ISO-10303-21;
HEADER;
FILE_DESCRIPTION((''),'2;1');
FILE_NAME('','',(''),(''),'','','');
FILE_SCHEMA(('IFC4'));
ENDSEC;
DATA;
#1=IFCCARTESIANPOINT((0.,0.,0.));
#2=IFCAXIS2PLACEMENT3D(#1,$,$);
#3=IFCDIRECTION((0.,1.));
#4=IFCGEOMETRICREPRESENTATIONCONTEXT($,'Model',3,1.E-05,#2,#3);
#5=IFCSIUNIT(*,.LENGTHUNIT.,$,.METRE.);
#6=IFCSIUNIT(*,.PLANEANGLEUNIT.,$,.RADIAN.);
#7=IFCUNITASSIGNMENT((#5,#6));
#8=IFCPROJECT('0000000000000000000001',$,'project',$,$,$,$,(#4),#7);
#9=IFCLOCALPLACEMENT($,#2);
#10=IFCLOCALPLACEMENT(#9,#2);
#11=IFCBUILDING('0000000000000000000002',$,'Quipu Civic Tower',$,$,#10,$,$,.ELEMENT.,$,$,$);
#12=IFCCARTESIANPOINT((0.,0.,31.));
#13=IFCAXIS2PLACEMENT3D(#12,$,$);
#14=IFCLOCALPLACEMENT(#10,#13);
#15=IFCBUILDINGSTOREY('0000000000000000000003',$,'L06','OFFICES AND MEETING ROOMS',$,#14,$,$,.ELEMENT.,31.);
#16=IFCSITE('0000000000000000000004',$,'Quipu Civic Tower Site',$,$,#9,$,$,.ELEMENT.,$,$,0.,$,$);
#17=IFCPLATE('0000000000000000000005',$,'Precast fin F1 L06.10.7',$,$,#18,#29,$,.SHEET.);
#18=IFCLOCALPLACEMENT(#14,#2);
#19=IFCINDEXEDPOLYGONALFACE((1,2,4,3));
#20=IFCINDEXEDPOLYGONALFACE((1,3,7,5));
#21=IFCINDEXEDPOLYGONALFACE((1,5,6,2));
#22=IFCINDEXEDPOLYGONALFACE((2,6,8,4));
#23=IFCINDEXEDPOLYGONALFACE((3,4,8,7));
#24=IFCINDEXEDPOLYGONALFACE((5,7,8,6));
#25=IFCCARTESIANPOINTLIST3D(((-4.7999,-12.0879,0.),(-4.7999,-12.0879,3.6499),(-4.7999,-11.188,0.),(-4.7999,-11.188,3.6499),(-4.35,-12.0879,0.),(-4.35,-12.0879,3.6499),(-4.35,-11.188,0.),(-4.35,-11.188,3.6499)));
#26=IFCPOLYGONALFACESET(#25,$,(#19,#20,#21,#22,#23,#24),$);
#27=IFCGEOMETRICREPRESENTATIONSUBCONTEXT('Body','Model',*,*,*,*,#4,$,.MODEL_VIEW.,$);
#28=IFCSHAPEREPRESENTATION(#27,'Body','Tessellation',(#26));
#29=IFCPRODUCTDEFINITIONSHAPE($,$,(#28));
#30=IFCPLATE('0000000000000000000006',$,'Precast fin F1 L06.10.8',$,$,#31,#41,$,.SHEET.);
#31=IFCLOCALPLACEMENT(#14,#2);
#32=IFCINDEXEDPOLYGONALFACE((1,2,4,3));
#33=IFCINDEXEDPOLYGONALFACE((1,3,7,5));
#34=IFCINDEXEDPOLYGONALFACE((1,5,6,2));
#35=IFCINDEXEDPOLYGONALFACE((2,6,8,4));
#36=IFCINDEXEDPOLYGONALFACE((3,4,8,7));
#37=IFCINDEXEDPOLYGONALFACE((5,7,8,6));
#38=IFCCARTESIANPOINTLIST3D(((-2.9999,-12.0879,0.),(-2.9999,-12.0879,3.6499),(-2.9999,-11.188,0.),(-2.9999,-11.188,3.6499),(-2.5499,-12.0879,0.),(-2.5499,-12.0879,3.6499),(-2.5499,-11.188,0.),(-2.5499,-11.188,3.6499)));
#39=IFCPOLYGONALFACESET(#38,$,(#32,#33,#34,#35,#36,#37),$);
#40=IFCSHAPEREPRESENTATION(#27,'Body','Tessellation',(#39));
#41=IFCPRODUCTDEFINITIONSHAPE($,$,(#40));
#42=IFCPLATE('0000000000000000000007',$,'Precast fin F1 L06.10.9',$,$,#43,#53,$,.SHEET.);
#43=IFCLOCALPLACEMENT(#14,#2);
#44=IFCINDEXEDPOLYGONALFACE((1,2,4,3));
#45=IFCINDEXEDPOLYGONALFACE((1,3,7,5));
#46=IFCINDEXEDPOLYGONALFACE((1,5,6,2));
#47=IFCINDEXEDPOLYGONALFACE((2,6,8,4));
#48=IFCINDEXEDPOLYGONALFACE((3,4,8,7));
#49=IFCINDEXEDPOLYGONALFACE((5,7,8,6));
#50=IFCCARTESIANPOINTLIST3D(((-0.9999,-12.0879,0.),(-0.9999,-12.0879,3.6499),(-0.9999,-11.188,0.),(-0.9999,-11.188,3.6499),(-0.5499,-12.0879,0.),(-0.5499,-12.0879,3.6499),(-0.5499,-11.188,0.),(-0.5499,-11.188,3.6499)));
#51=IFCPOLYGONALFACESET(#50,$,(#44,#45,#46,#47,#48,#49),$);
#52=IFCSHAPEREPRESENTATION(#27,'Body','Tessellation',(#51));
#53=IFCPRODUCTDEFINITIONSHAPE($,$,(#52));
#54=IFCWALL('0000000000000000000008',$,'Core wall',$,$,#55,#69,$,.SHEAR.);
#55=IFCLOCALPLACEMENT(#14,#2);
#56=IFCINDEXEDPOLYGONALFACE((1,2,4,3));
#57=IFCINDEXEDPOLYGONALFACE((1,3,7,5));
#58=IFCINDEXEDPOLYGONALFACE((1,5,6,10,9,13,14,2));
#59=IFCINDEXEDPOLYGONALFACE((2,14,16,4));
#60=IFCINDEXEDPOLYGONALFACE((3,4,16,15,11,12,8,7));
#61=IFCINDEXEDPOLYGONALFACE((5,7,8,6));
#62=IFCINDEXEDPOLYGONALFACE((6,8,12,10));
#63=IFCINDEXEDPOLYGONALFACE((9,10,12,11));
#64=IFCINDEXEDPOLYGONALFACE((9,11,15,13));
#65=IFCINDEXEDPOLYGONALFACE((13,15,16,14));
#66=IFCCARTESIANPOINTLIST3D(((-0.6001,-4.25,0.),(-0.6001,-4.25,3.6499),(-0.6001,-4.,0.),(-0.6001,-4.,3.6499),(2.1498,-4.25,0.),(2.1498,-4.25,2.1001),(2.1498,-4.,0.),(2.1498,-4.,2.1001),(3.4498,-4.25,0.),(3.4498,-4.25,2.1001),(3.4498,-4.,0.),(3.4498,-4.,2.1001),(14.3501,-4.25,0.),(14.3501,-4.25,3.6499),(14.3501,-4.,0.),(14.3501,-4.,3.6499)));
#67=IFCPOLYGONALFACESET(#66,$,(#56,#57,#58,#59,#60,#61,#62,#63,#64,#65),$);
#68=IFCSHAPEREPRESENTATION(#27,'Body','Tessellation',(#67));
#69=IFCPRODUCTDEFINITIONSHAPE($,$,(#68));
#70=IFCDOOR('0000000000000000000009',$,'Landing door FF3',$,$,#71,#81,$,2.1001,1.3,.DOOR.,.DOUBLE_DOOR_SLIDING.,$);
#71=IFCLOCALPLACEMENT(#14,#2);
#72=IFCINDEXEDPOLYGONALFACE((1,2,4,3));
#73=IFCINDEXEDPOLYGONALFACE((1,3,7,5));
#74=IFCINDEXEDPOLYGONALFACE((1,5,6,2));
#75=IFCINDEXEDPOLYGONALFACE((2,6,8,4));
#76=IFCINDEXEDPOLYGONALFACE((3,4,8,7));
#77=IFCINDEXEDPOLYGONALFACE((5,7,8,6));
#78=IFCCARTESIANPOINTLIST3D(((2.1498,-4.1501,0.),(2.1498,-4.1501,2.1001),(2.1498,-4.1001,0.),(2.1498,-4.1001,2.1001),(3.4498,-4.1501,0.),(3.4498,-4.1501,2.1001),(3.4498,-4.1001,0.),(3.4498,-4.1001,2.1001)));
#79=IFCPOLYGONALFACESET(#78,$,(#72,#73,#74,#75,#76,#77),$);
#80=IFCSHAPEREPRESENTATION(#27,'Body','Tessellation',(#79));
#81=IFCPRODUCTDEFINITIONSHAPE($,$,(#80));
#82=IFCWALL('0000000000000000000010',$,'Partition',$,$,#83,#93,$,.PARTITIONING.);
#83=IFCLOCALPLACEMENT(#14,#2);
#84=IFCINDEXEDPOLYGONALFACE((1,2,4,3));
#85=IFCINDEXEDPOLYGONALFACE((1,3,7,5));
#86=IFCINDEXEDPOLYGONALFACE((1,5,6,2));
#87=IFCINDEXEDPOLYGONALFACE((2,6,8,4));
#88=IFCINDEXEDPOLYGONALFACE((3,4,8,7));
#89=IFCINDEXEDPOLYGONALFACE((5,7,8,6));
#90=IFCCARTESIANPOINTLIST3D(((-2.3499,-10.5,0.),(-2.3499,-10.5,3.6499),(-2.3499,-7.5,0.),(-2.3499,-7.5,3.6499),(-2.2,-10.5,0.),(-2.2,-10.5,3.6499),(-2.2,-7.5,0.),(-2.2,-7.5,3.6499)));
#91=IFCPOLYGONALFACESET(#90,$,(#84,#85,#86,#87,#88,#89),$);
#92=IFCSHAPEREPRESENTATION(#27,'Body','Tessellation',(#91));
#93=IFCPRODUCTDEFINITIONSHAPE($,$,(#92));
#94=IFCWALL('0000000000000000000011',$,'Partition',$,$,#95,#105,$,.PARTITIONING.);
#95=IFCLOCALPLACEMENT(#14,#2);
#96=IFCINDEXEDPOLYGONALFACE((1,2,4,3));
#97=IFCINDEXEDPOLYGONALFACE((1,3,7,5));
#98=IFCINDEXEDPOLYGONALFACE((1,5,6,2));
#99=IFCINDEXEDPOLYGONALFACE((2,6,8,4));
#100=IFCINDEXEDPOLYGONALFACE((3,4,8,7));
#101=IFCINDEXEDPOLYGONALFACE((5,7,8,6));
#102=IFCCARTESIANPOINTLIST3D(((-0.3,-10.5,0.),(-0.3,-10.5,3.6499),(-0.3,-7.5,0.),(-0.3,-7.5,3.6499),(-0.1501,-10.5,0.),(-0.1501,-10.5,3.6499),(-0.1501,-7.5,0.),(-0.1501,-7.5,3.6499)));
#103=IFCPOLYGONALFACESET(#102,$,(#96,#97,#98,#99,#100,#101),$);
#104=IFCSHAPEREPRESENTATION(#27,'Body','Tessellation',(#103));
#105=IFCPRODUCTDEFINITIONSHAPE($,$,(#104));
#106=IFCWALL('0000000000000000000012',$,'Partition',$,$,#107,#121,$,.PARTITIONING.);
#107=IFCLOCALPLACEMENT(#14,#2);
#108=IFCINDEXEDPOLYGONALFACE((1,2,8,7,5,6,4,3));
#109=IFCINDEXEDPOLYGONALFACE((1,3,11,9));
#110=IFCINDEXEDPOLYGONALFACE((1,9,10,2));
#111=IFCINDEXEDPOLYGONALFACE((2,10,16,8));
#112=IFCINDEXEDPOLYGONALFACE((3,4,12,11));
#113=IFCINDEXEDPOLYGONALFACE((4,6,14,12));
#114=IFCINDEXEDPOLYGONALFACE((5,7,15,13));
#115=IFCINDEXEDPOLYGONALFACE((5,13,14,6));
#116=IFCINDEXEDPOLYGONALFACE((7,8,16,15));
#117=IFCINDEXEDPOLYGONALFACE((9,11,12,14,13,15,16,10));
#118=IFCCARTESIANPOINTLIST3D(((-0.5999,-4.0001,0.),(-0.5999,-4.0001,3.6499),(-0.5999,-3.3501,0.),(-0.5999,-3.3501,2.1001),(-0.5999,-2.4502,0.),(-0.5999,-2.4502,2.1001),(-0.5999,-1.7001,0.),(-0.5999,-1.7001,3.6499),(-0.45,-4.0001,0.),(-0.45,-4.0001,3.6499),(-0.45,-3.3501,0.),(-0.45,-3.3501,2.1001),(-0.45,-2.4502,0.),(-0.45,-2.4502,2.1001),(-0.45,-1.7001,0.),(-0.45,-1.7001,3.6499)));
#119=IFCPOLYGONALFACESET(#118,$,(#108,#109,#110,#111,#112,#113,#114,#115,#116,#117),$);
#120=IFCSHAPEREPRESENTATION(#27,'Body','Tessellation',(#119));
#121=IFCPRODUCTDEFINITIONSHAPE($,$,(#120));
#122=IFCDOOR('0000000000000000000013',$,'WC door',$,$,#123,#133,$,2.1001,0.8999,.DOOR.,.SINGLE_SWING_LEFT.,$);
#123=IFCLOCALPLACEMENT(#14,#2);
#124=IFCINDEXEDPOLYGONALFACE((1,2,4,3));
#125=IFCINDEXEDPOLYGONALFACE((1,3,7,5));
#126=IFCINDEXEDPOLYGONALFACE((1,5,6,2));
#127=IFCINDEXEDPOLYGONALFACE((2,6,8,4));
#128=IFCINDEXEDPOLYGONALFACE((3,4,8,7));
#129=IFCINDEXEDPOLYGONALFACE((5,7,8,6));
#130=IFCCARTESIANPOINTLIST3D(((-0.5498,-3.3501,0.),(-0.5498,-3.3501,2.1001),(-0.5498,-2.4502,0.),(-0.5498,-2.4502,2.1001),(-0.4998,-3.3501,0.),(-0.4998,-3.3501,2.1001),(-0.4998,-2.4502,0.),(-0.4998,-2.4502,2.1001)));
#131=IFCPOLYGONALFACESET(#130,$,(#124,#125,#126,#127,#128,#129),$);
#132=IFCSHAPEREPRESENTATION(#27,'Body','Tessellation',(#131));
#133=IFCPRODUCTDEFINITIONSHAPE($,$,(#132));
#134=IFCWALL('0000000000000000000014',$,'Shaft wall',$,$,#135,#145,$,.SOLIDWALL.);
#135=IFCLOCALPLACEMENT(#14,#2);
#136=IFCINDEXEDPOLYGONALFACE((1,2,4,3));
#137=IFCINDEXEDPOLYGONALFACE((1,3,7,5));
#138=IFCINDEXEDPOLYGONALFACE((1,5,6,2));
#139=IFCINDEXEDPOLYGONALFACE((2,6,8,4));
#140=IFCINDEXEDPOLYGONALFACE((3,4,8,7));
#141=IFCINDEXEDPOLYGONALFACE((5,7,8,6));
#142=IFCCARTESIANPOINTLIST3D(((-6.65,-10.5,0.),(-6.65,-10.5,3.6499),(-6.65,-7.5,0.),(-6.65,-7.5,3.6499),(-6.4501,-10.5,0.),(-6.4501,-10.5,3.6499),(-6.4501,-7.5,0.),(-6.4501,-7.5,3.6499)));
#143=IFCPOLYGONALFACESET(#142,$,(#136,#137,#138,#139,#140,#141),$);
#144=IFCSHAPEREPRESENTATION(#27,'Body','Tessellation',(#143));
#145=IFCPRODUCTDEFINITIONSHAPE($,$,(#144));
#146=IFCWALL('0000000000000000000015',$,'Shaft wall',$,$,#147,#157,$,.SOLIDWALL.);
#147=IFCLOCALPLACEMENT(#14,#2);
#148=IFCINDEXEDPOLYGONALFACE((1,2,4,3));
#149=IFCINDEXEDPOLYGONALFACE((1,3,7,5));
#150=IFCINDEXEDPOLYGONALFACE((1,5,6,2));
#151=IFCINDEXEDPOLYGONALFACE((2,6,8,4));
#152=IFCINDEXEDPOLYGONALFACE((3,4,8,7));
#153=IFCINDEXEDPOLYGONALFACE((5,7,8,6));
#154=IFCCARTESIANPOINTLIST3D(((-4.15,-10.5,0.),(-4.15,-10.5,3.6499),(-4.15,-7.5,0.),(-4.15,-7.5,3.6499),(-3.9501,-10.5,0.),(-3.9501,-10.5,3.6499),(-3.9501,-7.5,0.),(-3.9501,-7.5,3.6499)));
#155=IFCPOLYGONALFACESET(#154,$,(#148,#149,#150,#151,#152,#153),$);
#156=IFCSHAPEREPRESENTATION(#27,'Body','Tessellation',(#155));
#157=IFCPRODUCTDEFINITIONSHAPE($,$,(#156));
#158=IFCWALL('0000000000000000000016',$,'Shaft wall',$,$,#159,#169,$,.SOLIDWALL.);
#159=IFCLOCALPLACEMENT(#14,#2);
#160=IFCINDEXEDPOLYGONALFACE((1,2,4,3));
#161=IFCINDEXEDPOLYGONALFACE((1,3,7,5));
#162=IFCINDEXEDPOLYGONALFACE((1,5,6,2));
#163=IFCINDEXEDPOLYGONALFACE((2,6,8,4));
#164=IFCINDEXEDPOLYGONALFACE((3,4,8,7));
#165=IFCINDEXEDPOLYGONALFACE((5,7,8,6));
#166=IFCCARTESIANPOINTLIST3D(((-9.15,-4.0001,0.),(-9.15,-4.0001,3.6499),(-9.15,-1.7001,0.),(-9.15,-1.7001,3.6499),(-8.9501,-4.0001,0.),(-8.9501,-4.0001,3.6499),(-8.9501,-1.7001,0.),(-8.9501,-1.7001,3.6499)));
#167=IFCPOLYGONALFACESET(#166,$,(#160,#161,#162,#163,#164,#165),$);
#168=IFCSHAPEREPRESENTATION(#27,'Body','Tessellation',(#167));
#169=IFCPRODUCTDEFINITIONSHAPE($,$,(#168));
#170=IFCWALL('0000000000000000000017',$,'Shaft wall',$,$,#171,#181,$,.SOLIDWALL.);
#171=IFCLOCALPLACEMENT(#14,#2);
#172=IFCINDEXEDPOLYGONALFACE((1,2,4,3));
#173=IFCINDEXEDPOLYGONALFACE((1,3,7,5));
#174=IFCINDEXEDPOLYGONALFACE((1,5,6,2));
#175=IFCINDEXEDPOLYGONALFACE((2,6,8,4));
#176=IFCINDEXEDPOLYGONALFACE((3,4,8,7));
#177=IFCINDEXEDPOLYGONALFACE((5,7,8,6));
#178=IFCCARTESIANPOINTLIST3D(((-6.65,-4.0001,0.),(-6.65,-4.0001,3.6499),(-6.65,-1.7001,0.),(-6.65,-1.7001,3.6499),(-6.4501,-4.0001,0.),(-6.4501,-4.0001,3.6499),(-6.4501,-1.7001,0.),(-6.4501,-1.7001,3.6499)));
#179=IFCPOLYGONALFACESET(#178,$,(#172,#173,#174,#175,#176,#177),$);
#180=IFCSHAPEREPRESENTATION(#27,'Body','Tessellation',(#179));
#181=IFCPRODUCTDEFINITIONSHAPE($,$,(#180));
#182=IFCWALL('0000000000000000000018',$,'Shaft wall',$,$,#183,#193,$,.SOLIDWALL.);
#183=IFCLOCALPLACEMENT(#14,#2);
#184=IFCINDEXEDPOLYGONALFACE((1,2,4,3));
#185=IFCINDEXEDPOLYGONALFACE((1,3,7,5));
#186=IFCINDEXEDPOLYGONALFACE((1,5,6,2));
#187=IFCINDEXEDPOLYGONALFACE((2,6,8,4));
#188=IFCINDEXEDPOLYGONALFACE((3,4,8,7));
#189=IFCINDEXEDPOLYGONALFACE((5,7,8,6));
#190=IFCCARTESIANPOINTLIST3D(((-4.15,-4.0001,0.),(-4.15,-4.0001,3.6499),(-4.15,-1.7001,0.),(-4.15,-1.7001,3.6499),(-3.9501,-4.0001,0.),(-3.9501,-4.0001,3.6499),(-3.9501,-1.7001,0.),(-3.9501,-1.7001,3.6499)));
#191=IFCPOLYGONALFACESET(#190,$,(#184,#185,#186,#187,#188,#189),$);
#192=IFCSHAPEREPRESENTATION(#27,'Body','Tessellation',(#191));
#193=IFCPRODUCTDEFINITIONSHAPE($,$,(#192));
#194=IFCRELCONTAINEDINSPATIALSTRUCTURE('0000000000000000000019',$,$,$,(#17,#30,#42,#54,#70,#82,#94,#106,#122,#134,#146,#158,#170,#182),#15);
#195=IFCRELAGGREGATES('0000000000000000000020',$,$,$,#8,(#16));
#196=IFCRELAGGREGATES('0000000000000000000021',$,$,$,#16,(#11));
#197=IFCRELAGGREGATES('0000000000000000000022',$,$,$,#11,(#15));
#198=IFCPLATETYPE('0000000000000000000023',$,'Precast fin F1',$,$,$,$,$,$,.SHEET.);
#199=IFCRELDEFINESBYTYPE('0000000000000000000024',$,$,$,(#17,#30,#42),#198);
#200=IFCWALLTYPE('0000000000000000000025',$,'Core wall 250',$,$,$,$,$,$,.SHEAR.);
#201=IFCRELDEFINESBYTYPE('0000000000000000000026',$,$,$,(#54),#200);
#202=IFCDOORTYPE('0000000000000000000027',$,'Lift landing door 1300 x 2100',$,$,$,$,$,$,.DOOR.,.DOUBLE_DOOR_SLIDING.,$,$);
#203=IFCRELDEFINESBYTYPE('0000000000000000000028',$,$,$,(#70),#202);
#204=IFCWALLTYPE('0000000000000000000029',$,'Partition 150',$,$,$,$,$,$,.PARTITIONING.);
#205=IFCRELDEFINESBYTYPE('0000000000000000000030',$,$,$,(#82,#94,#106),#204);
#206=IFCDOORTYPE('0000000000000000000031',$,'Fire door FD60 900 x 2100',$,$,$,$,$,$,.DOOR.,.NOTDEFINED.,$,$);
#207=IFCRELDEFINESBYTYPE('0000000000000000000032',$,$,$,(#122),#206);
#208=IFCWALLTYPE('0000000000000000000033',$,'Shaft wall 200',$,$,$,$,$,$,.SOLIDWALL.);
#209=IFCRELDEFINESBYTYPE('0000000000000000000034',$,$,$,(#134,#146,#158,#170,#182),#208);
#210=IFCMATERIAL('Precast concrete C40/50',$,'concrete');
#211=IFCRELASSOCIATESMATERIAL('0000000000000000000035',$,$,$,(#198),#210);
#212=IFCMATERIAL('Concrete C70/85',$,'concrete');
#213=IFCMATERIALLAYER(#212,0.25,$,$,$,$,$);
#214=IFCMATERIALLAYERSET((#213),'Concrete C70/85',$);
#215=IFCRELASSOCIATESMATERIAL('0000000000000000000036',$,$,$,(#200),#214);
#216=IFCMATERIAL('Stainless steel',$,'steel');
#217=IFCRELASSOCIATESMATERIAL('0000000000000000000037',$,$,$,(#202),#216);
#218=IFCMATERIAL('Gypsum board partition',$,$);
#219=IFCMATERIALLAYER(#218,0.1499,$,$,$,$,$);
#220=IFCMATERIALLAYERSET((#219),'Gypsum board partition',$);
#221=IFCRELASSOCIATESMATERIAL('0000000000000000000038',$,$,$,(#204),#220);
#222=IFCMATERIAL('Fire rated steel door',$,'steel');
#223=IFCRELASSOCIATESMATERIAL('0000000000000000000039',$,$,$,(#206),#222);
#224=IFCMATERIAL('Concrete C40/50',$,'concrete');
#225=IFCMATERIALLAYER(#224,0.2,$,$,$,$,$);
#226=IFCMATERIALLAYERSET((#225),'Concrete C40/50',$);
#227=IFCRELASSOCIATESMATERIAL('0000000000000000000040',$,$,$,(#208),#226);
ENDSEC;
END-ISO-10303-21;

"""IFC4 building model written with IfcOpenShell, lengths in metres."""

from ifc_helpers import new_model, si_unit, direction, frame, frame_2d, origin, origin_2d, place, context, subcontext, project, spatial, rectangle, extrude, material, layer, layer_set, type_object, element, fill, save


model = new_model("IFC4")

# Units and contexts
model_context = context("Model", 3, precision=1e-05, world=origin(), true_north=direction((0.0, 1.0)))
body_context = subcontext(model_context, "Body", "Model", "MODEL_VIEW")
ifc_project = project(units=[si_unit("LENGTHUNIT", "METRE"), si_unit("PLANEANGLEUNIT", "RADIAN")], contexts=[model_context])

# Site, building, storey
site_placement = place(None, origin())
site = spatial("IfcSite", under=ifc_project, at=site_placement, Name="Quipu Civic Tower Site", CompositionType="ELEMENT", RefElevation=0.0)
building_placement = place(site_placement, origin())
building = spatial("IfcBuilding", under=site, at=building_placement, Name="Quipu Civic Tower", CompositionType="ELEMENT")
storey_placement = place(building_placement, frame((0.0, 0.0, 31.0)))
storey = spatial("IfcBuildingStorey", under=building, at=storey_placement, Name="L06", Description="OFFICES AND MEETING ROOMS", CompositionType="ELEMENT", Elevation=31.0)

# Plates
ifc_material_1 = material(Name="Precast concrete C40/50", Category="concrete")
plate_type = type_object("IfcPlateType", Name="Precast fin F1", PredefinedType="SHEET", material=ifc_material_1)
for number, where, z_axis, x_axis, name in (
    (1, (-4.575, -11.6379, 0.0), (0.0, 0.0, 1.0), (1.0, 0.0, 0.0), "Precast fin F1 L06.10.7"),
    (2, (-2.7749, -11.6379, 0.0), (0.0, 0.0, 1.0), (1.0, 0.0, 0.0), "Precast fin F1 L06.10.8"),
    (3, (-0.7749, -11.6379, 0.0), (0.0, 0.0, 1.0), (1.0, 0.0, 0.0), "Precast fin F1 L06.10.9"),
):
    element("IfcPlate", number, at=place(storey_placement, frame(where, z_axis=z_axis, x_axis=x_axis)), inside=storey, type_object=plate_type, Name=name, PredefinedType="SHEET", context=body_context, shape_type="SweptSolid", body=[
        extrude(rectangle(XDim=0.45, YDim=0.8999, at=origin_2d()), origin(), (0.0, 0.0, 1.0), 3.6499),
    ])

# Wall, opening, door
ifc_material_2 = material(Name="Concrete C70/85", Category="concrete")
ifc_layer_1 = layer(ifc_material_2, 0.25)
ifc_layer_set_1 = layer_set([ifc_layer_1], Name="Concrete C70/85")
wall_type_1 = type_object("IfcWallType", Name="Core wall 250", PredefinedType="SHEAR", material=ifc_layer_set_1)
wall_1_placement = place(storey_placement, frame((-0.6001, -4.125, 0.0), z_axis=(0.0, 0.0, 1.0), x_axis=(1.0, 0.0, 0.0)))
wall_1 = element("IfcWall", 4, at=wall_1_placement, inside=storey, type_object=wall_type_1, Name="Core wall", PredefinedType="SHEAR", context=body_context, shape_type="SweptSolid", body=[
    extrude(rectangle(XDim=14.9502, YDim=0.25, at=frame_2d((7.4751, 0.0))), origin(), (0.0, 0.0, 1.0), 3.6499),
])
opening_1_placement = place(wall_1_placement, frame((2.75, 0.0, 0.0)))
opening_1 = element("IfcOpeningElement", 5, at=opening_1_placement, cuts=wall_1, PredefinedType="OPENING", context=body_context, shape_type="SweptSolid", body=[
    extrude(rectangle(XDim=1.3, YDim=2.1001, at=frame_2d((0.6499, 1.05))), frame((0.0, 0.135, 0.0), z_axis=(0.0, -1.0, 0.0), x_axis=(1.0, 0.0, 0.0)), (0.0, 0.0, 1.0), 0.27),
])
ifc_material_3 = material(Name="Stainless steel", Category="steel")
door_type_1 = type_object("IfcDoorType", Name="Lift landing door 1300 x 2100", OperationType="DOUBLE_DOOR_SLIDING", PredefinedType="DOOR", material=ifc_material_3)
door_1_placement = place(opening_1_placement, origin())
door_1 = element("IfcDoor", 6, at=door_1_placement, inside=storey, type_object=door_type_1, Name="Landing door FF3", OperationType="DOUBLE_DOOR_SLIDING", OverallHeight=2.1001, OverallWidth=1.3, PredefinedType="DOOR", context=body_context, shape_type="SweptSolid", body=[
    extrude(rectangle(XDim=1.3, YDim=2.1001, at=frame_2d((0.6499, 1.05))), frame((0.0, 0.0249, 0.0), z_axis=(0.0, -1.0, 0.0), x_axis=(1.0, 0.0, 0.0)), (0.0, 0.0, 1.0), 0.05),
])
fill(opening_1, door_1)

# Walls
ifc_material_4 = material(Name="Gypsum board partition")
ifc_layer_2 = layer(ifc_material_4, 0.1499)
ifc_layer_set_2 = layer_set([ifc_layer_2], Name="Gypsum board partition")
wall_type_2 = type_object("IfcWallType", Name="Partition 150", PredefinedType="PARTITIONING", material=ifc_layer_set_2)
for number, where, z_axis, x_axis, name in (
    (7, (-2.2749, -10.5, 0.0), (0.0, 0.0, 1.0), (0.0, 1.0, 0.0), "Partition"),
    (8, (-0.2251, -10.5, 0.0), (0.0, 0.0, 1.0), (0.0, 1.0, 0.0), "Partition"),
):
    element("IfcWall", number, at=place(storey_placement, frame(where, z_axis=z_axis, x_axis=x_axis)), inside=storey, type_object=wall_type_2, Name=name, PredefinedType="PARTITIONING", context=body_context, shape_type="SweptSolid", body=[
        extrude(rectangle(XDim=3.0, YDim=0.1499, at=frame_2d((1.5, 0.0))), origin(), (0.0, 0.0, 1.0), 3.6499),
    ])

# Wall, opening, door
wall_2_placement = place(storey_placement, frame((-0.5249, -4.0, 0.0), z_axis=(0.0, 0.0, 1.0), x_axis=(0.0, 1.0, 0.0)))
wall_2 = element("IfcWall", 9, at=wall_2_placement, inside=storey, type_object=wall_type_2, Name="Partition", PredefinedType="PARTITIONING", context=body_context, shape_type="SweptSolid", body=[
    extrude(rectangle(XDim=2.3, YDim=0.1499, at=frame_2d((1.1499, 0.0))), origin(), (0.0, 0.0, 1.0), 3.6499),
])
opening_2_placement = place(wall_2_placement, frame((0.6499, 0.0, 0.0)))
opening_2 = element("IfcOpeningElement", 10, at=opening_2_placement, cuts=wall_2, PredefinedType="OPENING", context=body_context, shape_type="SweptSolid", body=[
    extrude(rectangle(XDim=0.8999, YDim=2.1001, at=frame_2d((0.45, 1.05))), frame((0.0, 0.085, 0.0), z_axis=(0.0, -1.0, 0.0), x_axis=(1.0, 0.0, 0.0)), (0.0, 0.0, 1.0), 0.1699),
])
ifc_material_5 = material(Name="Fire rated steel door", Category="steel")
door_type_2 = type_object("IfcDoorType", Name="Fire door FD60 900 x 2100", OperationType="NOTDEFINED", PredefinedType="DOOR", material=ifc_material_5)
door_2_placement = place(opening_2_placement, origin())
door_2 = element("IfcDoor", 11, at=door_2_placement, inside=storey, type_object=door_type_2, Name="WC door", OperationType="SINGLE_SWING_LEFT", OverallHeight=2.1001, OverallWidth=0.8999, PredefinedType="DOOR", context=body_context, shape_type="SweptSolid", body=[
    extrude(rectangle(XDim=0.8999, YDim=2.1001, at=frame_2d((0.45, 1.05))), frame((0.0, 0.0249, 0.0), z_axis=(0.0, -1.0, 0.0), x_axis=(1.0, 0.0, 0.0)), (0.0, 0.0, 1.0), 0.05),
])
fill(opening_2, door_2)

# Walls
ifc_material_6 = material(Name="Concrete C40/50", Category="concrete")
ifc_layer_3 = layer(ifc_material_6, 0.2)
ifc_layer_set_3 = layer_set([ifc_layer_3], Name="Concrete C40/50")
wall_type_3 = type_object("IfcWallType", Name="Shaft wall 200", PredefinedType="SOLIDWALL", material=ifc_layer_set_3)
for number, where, z_axis, x_axis, name in (
    (12, (-6.55, -10.5, 0.0), (0.0, 0.0, 1.0), (0.0, 1.0, 0.0), "Shaft wall"),
    (13, (-4.05, -10.5, 0.0), (0.0, 0.0, 1.0), (0.0, 1.0, 0.0), "Shaft wall"),
):
    element("IfcWall", number, at=place(storey_placement, frame(where, z_axis=z_axis, x_axis=x_axis)), inside=storey, type_object=wall_type_3, Name=name, PredefinedType="SOLIDWALL", context=body_context, shape_type="SweptSolid", body=[
        extrude(rectangle(XDim=3.0, YDim=0.2, at=frame_2d((1.5, 0.0))), origin(), (0.0, 0.0, 1.0), 3.6499),
    ])
for number, where, z_axis, x_axis, name in (
    (14, (-9.05, -4.0, 0.0), (0.0, 0.0, 1.0), (0.0, 1.0, 0.0), "Shaft wall"),
    (15, (-6.55, -4.0, 0.0), (0.0, 0.0, 1.0), (0.0, 1.0, 0.0), "Shaft wall"),
    (16, (-4.05, -4.0, 0.0), (0.0, 0.0, 1.0), (0.0, 1.0, 0.0), "Shaft wall"),
):
    element("IfcWall", number, at=place(storey_placement, frame(where, z_axis=z_axis, x_axis=x_axis)), inside=storey, type_object=wall_type_3, Name=name, PredefinedType="SOLIDWALL", context=body_context, shape_type="SweptSolid", body=[
        extrude(rectangle(XDim=2.3, YDim=0.2, at=frame_2d((1.1499, 0.0))), origin(), (0.0, 0.0, 1.0), 3.6499),
    ])

save(model, "model.ifc")
